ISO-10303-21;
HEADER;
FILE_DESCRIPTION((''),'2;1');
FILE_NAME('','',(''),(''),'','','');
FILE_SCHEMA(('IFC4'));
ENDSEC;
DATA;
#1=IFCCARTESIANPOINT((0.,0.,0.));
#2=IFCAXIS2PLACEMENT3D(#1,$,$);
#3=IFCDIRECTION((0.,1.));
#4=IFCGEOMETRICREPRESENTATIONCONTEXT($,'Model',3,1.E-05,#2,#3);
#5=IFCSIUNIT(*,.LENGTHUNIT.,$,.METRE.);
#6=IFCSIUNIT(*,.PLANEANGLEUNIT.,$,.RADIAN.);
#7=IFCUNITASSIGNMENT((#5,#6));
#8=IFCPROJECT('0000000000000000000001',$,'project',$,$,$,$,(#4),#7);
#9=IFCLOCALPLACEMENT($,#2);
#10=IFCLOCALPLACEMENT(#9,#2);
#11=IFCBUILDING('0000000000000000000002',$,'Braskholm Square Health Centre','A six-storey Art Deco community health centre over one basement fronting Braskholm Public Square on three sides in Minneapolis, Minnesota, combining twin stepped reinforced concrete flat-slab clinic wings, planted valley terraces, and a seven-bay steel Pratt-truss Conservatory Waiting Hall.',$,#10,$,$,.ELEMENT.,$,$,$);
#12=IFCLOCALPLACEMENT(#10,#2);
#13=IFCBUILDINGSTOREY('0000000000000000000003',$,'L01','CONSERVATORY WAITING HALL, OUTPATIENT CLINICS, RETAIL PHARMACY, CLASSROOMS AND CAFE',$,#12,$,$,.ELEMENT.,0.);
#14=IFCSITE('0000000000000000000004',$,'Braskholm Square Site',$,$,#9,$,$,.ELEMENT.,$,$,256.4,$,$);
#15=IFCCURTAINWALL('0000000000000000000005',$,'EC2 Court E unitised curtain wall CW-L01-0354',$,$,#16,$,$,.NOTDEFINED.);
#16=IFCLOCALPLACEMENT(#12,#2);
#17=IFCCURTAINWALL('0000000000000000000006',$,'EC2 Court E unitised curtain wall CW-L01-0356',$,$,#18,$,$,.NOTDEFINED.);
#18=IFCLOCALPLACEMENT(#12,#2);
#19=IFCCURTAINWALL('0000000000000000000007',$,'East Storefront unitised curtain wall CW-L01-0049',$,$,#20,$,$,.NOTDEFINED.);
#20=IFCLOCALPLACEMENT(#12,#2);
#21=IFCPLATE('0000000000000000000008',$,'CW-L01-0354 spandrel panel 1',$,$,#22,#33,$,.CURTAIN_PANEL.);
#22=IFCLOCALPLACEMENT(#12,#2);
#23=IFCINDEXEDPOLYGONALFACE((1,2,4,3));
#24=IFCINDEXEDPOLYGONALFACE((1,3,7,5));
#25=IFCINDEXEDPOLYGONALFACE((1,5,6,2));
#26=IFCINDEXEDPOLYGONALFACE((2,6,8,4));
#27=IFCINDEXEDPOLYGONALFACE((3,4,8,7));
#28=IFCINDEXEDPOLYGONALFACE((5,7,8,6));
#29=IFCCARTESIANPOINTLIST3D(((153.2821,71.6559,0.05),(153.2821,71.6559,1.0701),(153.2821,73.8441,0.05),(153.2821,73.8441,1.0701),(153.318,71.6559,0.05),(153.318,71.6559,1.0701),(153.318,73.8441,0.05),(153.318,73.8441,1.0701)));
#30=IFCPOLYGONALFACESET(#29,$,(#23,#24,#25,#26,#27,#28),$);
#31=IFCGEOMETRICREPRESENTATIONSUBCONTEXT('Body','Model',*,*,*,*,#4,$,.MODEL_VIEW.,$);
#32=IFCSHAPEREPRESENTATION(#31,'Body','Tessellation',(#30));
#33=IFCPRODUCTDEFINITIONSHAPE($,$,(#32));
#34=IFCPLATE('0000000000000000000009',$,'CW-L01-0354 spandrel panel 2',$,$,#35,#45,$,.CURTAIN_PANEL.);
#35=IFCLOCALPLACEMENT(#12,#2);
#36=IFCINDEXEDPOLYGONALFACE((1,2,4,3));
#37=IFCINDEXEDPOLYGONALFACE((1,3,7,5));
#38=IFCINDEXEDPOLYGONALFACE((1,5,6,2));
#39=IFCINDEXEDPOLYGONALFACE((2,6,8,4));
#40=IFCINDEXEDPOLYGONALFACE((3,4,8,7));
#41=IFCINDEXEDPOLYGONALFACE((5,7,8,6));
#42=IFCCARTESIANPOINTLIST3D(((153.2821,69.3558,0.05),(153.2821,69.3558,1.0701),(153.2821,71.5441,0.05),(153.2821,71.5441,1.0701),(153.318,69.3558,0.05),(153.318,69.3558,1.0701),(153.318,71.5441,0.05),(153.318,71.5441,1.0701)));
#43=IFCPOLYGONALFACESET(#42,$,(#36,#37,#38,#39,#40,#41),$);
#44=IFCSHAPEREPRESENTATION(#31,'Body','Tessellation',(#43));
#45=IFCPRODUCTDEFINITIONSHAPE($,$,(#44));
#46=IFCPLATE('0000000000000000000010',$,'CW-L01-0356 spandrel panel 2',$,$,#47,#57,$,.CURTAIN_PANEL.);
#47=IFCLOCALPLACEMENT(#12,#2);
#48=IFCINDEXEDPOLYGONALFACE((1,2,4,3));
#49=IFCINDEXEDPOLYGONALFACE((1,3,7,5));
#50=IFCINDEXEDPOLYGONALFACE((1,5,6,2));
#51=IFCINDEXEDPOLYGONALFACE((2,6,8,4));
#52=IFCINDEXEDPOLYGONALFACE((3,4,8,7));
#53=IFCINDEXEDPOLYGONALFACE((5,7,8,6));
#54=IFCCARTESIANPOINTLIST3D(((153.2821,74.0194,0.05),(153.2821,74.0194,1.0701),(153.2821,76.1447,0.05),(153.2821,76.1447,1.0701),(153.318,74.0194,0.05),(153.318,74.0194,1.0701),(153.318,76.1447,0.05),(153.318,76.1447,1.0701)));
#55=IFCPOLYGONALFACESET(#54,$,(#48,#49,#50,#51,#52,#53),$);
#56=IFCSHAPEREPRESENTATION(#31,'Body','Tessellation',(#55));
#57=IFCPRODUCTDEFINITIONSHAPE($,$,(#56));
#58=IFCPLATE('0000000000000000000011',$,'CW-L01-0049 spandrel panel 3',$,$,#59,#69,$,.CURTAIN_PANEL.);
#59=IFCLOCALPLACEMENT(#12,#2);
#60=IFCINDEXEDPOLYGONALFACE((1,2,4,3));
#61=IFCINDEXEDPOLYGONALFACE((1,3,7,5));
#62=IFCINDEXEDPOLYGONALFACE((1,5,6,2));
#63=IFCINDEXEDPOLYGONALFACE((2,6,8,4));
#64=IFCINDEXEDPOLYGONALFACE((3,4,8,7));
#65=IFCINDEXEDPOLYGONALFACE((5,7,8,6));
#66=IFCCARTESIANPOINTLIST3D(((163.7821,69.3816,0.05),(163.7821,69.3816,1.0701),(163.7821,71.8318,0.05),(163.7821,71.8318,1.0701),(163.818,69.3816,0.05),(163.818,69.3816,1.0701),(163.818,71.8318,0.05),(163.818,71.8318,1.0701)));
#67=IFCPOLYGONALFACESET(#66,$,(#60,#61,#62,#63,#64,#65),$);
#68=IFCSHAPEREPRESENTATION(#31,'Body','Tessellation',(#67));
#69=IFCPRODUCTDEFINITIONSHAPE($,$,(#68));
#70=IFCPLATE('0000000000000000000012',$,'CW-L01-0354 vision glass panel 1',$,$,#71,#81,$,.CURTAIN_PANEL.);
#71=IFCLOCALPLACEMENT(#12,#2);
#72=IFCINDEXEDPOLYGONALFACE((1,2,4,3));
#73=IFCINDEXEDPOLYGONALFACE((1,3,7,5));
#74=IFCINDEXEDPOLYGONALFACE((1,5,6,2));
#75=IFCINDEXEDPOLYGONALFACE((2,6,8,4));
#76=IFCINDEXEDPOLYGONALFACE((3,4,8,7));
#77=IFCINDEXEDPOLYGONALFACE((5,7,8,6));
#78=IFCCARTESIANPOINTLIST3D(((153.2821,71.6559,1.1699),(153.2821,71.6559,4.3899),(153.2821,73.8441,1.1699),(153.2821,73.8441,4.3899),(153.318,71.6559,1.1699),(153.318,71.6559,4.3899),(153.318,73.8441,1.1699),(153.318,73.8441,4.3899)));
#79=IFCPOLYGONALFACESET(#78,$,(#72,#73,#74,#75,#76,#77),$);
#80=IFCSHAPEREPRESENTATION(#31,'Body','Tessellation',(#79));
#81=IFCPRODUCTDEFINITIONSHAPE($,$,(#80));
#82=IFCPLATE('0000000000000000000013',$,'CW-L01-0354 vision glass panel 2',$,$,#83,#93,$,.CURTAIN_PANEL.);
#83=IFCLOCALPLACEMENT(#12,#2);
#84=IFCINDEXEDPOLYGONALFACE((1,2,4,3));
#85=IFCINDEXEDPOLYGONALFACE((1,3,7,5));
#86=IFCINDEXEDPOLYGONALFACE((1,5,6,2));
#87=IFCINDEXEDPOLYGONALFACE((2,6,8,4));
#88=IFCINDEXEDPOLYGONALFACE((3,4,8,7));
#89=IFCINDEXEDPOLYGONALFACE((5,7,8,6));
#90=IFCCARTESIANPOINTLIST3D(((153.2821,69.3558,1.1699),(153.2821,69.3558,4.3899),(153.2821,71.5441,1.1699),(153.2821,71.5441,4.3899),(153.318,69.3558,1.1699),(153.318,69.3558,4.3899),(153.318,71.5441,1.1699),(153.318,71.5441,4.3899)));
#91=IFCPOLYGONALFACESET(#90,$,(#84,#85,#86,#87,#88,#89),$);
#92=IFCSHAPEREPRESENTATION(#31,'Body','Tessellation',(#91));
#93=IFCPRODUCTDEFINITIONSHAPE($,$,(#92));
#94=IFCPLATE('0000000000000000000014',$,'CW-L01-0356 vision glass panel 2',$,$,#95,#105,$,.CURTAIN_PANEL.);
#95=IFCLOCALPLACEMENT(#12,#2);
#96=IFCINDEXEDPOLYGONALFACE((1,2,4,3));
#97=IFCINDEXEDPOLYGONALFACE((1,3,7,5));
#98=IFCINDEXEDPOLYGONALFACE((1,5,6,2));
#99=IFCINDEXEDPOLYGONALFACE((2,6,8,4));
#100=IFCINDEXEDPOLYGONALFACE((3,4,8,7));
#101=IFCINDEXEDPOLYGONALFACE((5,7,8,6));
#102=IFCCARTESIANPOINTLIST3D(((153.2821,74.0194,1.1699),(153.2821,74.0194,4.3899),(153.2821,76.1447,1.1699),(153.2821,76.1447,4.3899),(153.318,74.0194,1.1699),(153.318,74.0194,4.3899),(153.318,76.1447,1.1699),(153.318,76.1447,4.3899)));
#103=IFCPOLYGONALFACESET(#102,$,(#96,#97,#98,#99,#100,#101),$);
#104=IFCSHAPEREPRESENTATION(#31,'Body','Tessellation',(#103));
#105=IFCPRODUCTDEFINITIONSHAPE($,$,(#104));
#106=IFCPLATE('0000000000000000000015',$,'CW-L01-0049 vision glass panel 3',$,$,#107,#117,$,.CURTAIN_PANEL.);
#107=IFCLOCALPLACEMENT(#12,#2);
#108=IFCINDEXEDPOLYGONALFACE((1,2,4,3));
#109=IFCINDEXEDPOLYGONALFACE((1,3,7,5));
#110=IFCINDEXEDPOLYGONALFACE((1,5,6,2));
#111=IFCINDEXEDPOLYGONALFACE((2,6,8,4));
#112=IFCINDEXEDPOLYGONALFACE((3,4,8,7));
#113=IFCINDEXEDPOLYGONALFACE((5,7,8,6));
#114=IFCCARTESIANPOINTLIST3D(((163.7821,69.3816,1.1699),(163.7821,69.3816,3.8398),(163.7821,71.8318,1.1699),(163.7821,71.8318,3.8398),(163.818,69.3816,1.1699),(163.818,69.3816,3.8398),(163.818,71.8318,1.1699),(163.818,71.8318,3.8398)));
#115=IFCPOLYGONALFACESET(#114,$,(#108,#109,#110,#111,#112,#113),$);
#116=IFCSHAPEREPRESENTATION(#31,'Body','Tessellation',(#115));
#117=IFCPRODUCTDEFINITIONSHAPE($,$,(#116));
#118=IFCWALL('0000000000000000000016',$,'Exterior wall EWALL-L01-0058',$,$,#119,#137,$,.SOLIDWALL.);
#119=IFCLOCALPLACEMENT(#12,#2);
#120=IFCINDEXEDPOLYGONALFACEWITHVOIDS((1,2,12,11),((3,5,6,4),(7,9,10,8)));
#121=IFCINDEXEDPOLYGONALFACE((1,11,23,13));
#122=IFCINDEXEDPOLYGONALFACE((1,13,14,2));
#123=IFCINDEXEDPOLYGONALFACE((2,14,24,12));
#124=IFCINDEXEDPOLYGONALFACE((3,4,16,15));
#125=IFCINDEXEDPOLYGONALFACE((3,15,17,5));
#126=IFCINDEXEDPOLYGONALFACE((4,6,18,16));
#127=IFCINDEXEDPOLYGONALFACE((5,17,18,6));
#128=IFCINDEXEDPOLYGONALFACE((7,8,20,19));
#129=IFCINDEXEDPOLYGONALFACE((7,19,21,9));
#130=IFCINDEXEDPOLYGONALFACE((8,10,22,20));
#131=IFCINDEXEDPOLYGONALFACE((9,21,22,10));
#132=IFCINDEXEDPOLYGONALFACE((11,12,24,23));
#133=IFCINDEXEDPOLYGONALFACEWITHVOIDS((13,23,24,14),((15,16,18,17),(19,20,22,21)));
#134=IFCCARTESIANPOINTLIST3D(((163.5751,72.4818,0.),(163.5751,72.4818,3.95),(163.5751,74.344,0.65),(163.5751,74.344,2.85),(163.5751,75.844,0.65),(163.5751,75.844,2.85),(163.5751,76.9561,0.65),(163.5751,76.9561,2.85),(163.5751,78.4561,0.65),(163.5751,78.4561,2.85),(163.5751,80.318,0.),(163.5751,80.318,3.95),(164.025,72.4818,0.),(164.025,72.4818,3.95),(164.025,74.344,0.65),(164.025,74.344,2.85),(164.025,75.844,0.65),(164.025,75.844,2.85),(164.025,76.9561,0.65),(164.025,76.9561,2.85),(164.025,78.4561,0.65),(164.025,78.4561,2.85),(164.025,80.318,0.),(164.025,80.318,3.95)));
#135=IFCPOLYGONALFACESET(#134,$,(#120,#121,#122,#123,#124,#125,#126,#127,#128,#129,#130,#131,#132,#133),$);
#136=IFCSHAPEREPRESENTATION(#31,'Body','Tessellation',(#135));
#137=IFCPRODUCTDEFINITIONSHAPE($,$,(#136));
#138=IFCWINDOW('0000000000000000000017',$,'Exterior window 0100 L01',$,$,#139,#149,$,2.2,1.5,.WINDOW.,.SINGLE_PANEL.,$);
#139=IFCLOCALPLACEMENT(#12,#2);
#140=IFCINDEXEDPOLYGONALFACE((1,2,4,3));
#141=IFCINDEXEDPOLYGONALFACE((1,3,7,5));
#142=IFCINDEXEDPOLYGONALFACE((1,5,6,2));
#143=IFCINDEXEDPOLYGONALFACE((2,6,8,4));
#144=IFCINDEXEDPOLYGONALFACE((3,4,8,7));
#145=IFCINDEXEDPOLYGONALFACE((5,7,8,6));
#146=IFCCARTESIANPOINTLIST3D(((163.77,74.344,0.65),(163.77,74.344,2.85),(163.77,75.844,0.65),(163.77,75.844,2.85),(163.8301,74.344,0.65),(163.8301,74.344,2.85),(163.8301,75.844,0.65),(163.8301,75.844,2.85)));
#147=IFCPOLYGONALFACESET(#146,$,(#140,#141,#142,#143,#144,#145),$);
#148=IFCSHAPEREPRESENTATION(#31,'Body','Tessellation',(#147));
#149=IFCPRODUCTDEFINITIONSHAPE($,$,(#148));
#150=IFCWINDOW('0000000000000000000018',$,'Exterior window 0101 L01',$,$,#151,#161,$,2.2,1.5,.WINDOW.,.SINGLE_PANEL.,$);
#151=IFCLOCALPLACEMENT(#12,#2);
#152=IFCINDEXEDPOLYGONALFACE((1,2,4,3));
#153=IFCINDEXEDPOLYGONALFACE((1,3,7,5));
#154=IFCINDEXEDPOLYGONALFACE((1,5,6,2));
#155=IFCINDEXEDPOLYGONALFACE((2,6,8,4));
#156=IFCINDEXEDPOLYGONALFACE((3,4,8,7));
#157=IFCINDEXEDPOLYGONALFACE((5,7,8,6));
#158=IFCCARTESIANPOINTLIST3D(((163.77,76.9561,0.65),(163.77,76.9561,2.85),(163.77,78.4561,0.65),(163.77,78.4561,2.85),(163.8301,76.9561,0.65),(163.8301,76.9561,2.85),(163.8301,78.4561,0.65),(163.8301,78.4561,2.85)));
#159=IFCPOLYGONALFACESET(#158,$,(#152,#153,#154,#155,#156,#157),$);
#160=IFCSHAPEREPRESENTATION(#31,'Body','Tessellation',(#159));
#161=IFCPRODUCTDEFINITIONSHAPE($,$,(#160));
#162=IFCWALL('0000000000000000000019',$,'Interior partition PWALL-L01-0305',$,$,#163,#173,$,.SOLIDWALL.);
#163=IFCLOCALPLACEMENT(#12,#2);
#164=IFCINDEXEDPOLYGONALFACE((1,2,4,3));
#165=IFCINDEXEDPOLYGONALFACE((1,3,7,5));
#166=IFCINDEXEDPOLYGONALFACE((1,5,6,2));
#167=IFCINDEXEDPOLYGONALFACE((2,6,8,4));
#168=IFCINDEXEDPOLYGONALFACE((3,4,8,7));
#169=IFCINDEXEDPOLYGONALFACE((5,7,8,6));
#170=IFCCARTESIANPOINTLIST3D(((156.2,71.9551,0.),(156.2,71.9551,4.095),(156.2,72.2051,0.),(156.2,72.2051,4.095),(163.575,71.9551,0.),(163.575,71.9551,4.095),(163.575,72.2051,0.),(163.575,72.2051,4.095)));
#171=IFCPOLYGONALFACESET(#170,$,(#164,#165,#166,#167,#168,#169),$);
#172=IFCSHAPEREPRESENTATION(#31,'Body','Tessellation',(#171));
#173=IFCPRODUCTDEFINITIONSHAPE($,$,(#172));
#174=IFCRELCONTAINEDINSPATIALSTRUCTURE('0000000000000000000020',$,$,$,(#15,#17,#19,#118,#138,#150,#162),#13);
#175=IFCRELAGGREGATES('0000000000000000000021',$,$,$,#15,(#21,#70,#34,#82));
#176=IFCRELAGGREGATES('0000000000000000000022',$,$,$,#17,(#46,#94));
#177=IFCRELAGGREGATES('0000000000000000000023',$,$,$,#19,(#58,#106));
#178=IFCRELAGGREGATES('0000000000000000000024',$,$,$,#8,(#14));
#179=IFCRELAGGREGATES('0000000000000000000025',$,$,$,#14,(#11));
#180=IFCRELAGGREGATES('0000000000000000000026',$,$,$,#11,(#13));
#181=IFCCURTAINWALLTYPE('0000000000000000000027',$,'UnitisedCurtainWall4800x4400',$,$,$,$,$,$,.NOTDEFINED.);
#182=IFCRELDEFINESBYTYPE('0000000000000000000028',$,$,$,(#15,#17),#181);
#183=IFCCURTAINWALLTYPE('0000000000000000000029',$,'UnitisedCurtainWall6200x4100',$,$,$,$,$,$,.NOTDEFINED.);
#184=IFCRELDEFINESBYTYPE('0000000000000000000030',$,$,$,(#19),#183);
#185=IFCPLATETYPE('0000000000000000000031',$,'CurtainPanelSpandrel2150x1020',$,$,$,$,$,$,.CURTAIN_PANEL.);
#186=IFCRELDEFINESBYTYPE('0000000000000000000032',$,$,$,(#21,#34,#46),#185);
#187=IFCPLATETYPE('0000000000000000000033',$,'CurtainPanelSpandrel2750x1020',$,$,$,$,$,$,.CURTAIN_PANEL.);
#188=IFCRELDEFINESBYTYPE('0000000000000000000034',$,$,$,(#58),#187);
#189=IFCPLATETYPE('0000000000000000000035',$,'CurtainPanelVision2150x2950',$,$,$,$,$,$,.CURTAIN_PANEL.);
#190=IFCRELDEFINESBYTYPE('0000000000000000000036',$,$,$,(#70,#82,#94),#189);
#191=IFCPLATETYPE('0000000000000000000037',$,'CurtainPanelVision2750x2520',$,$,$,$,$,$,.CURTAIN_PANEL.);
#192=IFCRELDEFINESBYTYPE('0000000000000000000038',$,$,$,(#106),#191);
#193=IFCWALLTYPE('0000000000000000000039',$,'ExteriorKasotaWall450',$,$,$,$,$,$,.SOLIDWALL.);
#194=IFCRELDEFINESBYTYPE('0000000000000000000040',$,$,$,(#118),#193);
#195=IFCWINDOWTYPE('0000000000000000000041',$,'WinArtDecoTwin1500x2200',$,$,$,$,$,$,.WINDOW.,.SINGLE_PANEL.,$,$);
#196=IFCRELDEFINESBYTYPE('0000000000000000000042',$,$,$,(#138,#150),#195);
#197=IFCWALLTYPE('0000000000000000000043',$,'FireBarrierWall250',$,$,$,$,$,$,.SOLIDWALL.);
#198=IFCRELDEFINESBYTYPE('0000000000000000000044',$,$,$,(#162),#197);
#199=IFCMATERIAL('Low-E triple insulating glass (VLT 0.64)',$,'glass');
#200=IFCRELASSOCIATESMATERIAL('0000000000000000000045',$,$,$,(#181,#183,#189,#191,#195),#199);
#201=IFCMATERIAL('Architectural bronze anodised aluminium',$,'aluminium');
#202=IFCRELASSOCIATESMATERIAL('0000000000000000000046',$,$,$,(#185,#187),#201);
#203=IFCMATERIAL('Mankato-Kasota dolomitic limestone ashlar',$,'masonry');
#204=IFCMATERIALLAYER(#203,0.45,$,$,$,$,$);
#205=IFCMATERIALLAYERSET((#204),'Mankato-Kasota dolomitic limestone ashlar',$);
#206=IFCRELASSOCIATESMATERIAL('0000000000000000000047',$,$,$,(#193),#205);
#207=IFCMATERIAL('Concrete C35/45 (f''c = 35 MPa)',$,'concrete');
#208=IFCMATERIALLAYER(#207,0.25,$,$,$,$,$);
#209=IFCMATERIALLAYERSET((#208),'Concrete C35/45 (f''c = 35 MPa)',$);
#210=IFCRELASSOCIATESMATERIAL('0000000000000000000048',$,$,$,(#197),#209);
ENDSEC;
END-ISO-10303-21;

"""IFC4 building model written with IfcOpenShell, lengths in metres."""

from ifc_helpers import new_model, si_unit, direction, frame, frame_2d, origin, origin_with_axes, origin_2d, place, context, subcontext, project, spatial, rectangle, extrude, material, layer, layer_set, type_object, element, fill, aggregate, save


model = new_model("IFC4")

# Units and contexts
model_context = context("Model", 3, precision=1e-05, world=origin(), true_north=direction((0.0, 1.0)))
body_context = subcontext(model_context, "Body", "Model", "MODEL_VIEW")
ifc_project = project(units=[si_unit("LENGTHUNIT", "METRE"), si_unit("PLANEANGLEUNIT", "RADIAN")], contexts=[model_context])

# Site, building, storey
site_placement = place(None, origin())
site = spatial("IfcSite", under=ifc_project, at=site_placement, Name="Braskholm Square Site", CompositionType="ELEMENT", RefElevation=256.4)
building_placement = place(site_placement, origin())
building = spatial("IfcBuilding", under=site, at=building_placement, Name="Braskholm Square Health Centre", Description="A six-storey Art Deco community health centre over one basement fronting Braskholm Public Square on three sides in Minneapolis, Minnesota, combining twin stepped reinforced concrete flat-slab clinic wings, planted valley terraces, and a seven-bay steel Pratt-truss Conservatory Waiting Hall.", CompositionType="ELEMENT")
storey_placement = place(building_placement, origin())
storey = spatial("IfcBuildingStorey", under=building, at=storey_placement, Name="L01", Description="CONSERVATORY WAITING HALL, OUTPATIENT CLINICS, RETAIL PHARMACY, CLASSROOMS AND CAFE", CompositionType="ELEMENT", Elevation=0.0)

# Curtain walls
ifc_material_1 = material(Name="Low-E triple insulating glass (VLT 0.64)", Category="glass")
curtain_wall_type_1 = type_object("IfcCurtainWallType", Name="UnitisedCurtainWall4800x4400", PredefinedType="NOTDEFINED", material=ifc_material_1)
curtain_wall_1_placement = place(storey_placement, origin())
curtain_wall_1 = element("IfcCurtainWall", 1, at=curtain_wall_1_placement, inside=storey, type_object=curtain_wall_type_1, Name="EC2 Court E unitised curtain wall CW-L01-0354", PredefinedType="NOTDEFINED")
ifc_material_2 = material(Name="Architectural bronze anodised aluminium", Category="aluminium")
curtain_wall_2_placement = place(storey_placement, origin())
curtain_wall_2 = element("IfcCurtainWall", 2, at=curtain_wall_2_placement, inside=storey, type_object=curtain_wall_type_1, Name="EC2 Court E unitised curtain wall CW-L01-0356", PredefinedType="NOTDEFINED")
curtain_wall_type_2 = type_object("IfcCurtainWallType", Name="UnitisedCurtainWall6200x4100", PredefinedType="NOTDEFINED", material=ifc_material_1)
curtain_wall_3_placement = place(storey_placement, origin())
curtain_wall_3 = element("IfcCurtainWall", 3, at=curtain_wall_3_placement, inside=storey, type_object=curtain_wall_type_2, Name="East Storefront unitised curtain wall CW-L01-0049", PredefinedType="NOTDEFINED")

# Plates
plate_type_1 = type_object("IfcPlateType", Name="CurtainPanelSpandrel2150x1020", PredefinedType="CURTAIN_PANEL", material=ifc_material_2)
plate_1_placement = place(storey_placement, frame((153.3, 72.75, 0.05), z_axis=(0.0, 0.0, 1.0), x_axis=(0.0, -1.0, 0.0)))
plate_1 = element("IfcPlate", 4, at=plate_1_placement, type_object=plate_type_1, Name="CW-L01-0354 spandrel panel 1", PredefinedType="CURTAIN_PANEL", context=body_context, shape_type="SweptSolid", body=[
    extrude(rectangle(XDim=2.1882, YDim=0.0359, at=origin_2d()), origin(), (0.0, 0.0, 1.0), 1.02),
])
plate_2_placement = place(storey_placement, frame((153.3, 70.45, 0.05), z_axis=(0.0, 0.0, 1.0), x_axis=(0.0, -1.0, 0.0)))
plate_2 = element("IfcPlate", 5, at=plate_2_placement, type_object=plate_type_1, Name="CW-L01-0354 spandrel panel 2", PredefinedType="CURTAIN_PANEL", context=body_context, shape_type="SweptSolid", body=[
    extrude(rectangle(XDim=2.1882, YDim=0.0359, at=origin_2d()), origin(), (0.0, 0.0, 1.0), 1.02),
])
plate_3_placement = place(storey_placement, frame((153.3, 75.082, 0.05), z_axis=(0.0, 0.0, 1.0), x_axis=(0.0, -1.0, 0.0)))
plate_3 = element("IfcPlate", 6, at=plate_3_placement, type_object=plate_type_1, Name="CW-L01-0356 spandrel panel 2", PredefinedType="CURTAIN_PANEL", context=body_context, shape_type="SweptSolid", body=[
    extrude(rectangle(XDim=2.1252, YDim=0.0359, at=origin_2d()), origin(), (0.0, 0.0, 1.0), 1.02),
])
plate_type_2 = type_object("IfcPlateType", Name="CurtainPanelSpandrel2750x1020", PredefinedType="CURTAIN_PANEL", material=ifc_material_2)
plate_4_placement = place(storey_placement, frame((163.8, 70.6067, 0.05), z_axis=(0.0, 0.0, 1.0), x_axis=(0.0, 1.0, 0.0)))
plate_4 = element("IfcPlate", 7, at=plate_4_placement, type_object=plate_type_2, Name="CW-L01-0049 spandrel panel 3", PredefinedType="CURTAIN_PANEL", context=body_context, shape_type="SweptSolid", body=[
    extrude(rectangle(XDim=2.4502, YDim=0.0359, at=origin_2d()), origin(), (0.0, 0.0, 1.0), 1.02),
])
plate_type_3 = type_object("IfcPlateType", Name="CurtainPanelVision2150x2950", PredefinedType="CURTAIN_PANEL", material=ifc_material_1)
plate_5_placement = place(storey_placement, frame((153.3, 72.75, 1.1699), z_axis=(0.0, 0.0, 1.0), x_axis=(0.0, -1.0, 0.0)))
plate_5 = element("IfcPlate", 8, at=plate_5_placement, type_object=plate_type_3, Name="CW-L01-0354 vision glass panel 1", PredefinedType="CURTAIN_PANEL", context=body_context, shape_type="SweptSolid", body=[
    extrude(rectangle(XDim=2.1882, YDim=0.0359, at=origin_2d()), origin(), (0.0, 0.0, 1.0), 3.22),
])
plate_6_placement = place(storey_placement, frame((153.3, 70.45, 1.1699), z_axis=(0.0, 0.0, 1.0), x_axis=(0.0, -1.0, 0.0)))
plate_6 = element("IfcPlate", 9, at=plate_6_placement, type_object=plate_type_3, Name="CW-L01-0354 vision glass panel 2", PredefinedType="CURTAIN_PANEL", context=body_context, shape_type="SweptSolid", body=[
    extrude(rectangle(XDim=2.1882, YDim=0.0359, at=origin_2d()), origin(), (0.0, 0.0, 1.0), 3.22),
])
aggregate(curtain_wall_1, [plate_1, plate_5, plate_2, plate_6])
plate_7_placement = place(storey_placement, frame((153.3, 75.082, 1.1699), z_axis=(0.0, 0.0, 1.0), x_axis=(0.0, -1.0, 0.0)))
plate_7 = element("IfcPlate", 10, at=plate_7_placement, type_object=plate_type_3, Name="CW-L01-0356 vision glass panel 2", PredefinedType="CURTAIN_PANEL", context=body_context, shape_type="SweptSolid", body=[
    extrude(rectangle(XDim=2.1252, YDim=0.0359, at=origin_2d()), origin(), (0.0, 0.0, 1.0), 3.22),
])
aggregate(curtain_wall_2, [plate_3, plate_7])
plate_type_4 = type_object("IfcPlateType", Name="CurtainPanelVision2750x2520", PredefinedType="CURTAIN_PANEL", material=ifc_material_1)
plate_8_placement = place(storey_placement, frame((163.8, 70.6067, 1.1699), z_axis=(0.0, 0.0, 1.0), x_axis=(0.0, 1.0, 0.0)))
plate_8 = element("IfcPlate", 11, at=plate_8_placement, type_object=plate_type_4, Name="CW-L01-0049 vision glass panel 3", PredefinedType="CURTAIN_PANEL", context=body_context, shape_type="SweptSolid", body=[
    extrude(rectangle(XDim=2.4502, YDim=0.0359, at=origin_2d()), origin(), (0.0, 0.0, 1.0), 2.6699),
])
aggregate(curtain_wall_3, [plate_4, plate_8])

# Wall, openings, windows
ifc_material_3 = material(Name="Mankato-Kasota dolomitic limestone ashlar", Category="masonry")
ifc_layer_1 = layer(ifc_material_3, 0.45)
ifc_layer_set_1 = layer_set([ifc_layer_1], Name="Mankato-Kasota dolomitic limestone ashlar")
wall_type_1 = type_object("IfcWallType", Name="ExteriorKasotaWall450", PredefinedType="SOLIDWALL", material=ifc_layer_set_1)
wall_1_placement = place(storey_placement, frame((163.8, 72.4819, 0.0), z_axis=(0.0, 0.0, 1.0), x_axis=(0.0, 1.0, 0.0)))
wall_1 = element("IfcWall", 12, at=wall_1_placement, inside=storey, type_object=wall_type_1, Name="Exterior wall EWALL-L01-0058", PredefinedType="SOLIDWALL", context=body_context, shape_type="SweptSolid", body=[
    extrude(rectangle(XDim=7.8362, YDim=0.45, at=frame_2d((3.918, 0.0))), origin(), (0.0, 0.0, 1.0), 3.95),
])
opening_1_placement = place(wall_1_placement, frame((1.8621, 0.0, 0.6499)))
opening_1 = element("IfcOpeningElement", 13, at=opening_1_placement, cuts=wall_1, PredefinedType="OPENING", context=body_context, shape_type="SweptSolid", body=[
    extrude(rectangle(XDim=1.5, YDim=2.2, at=frame_2d((0.75, 1.1001))), frame((0.0, 0.2349, 0.0), z_axis=(0.0, -1.0, 0.0), x_axis=(1.0, 0.0, 0.0)), (0.0, 0.0, 1.0), 0.47),
])
opening_2_placement = place(wall_1_placement, frame((4.4741, 0.0, 0.6499)))
opening_2 = element("IfcOpeningElement", 14, at=opening_2_placement, cuts=wall_1, PredefinedType="OPENING", context=body_context, shape_type="SweptSolid", body=[
    extrude(rectangle(XDim=1.5, YDim=2.2, at=frame_2d((0.75, 1.1001))), frame((0.0, 0.2349, 0.0), z_axis=(0.0, -1.0, 0.0), x_axis=(1.0, 0.0, 0.0)), (0.0, 0.0, 1.0), 0.47),
])
window_type = type_object("IfcWindowType", Name="WinArtDecoTwin1500x2200", PartitioningType="SINGLE_PANEL", PredefinedType="WINDOW", material=ifc_material_1)
window_1_placement = place(opening_1_placement, origin_with_axes())
window_1 = element("IfcWindow", 15, at=window_1_placement, inside=storey, type_object=window_type, Name="Exterior window 0100 L01", OverallHeight=2.2, OverallWidth=1.5, PartitioningType="SINGLE_PANEL", PredefinedType="WINDOW", context=body_context, shape_type="SweptSolid", body=[
    extrude(rectangle(XDim=1.5, YDim=2.2, at=frame_2d((0.75, 1.1001))), frame((0.0, 0.03, 0.0), z_axis=(0.0, -1.0, 0.0), x_axis=(1.0, 0.0, 0.0)), (0.0, 0.0, 1.0), 0.0601),
])
fill(opening_1, window_1)
window_2_placement = place(opening_2_placement, origin_with_axes())
window_2 = element("IfcWindow", 16, at=window_2_placement, inside=storey, type_object=window_type, Name="Exterior window 0101 L01", OverallHeight=2.2, OverallWidth=1.5, PartitioningType="SINGLE_PANEL", PredefinedType="WINDOW", context=body_context, shape_type="SweptSolid", body=[
    extrude(rectangle(XDim=1.5, YDim=2.2, at=frame_2d((0.75, 1.1001))), frame((0.0, 0.03, 0.0), z_axis=(0.0, -1.0, 0.0), x_axis=(1.0, 0.0, 0.0)), (0.0, 0.0, 1.0), 0.0601),
])
fill(opening_2, window_2)

# Wall
ifc_material_4 = material(Name="Concrete C35/45 (f'c = 35 MPa)", Category="concrete")
ifc_layer_2 = layer(ifc_material_4, 0.25)
ifc_layer_set_2 = layer_set([ifc_layer_2], Name="Concrete C35/45 (f'c = 35 MPa)")
wall_type_2 = type_object("IfcWallType", Name="FireBarrierWall250", PredefinedType="SOLIDWALL", material=ifc_layer_set_2)
wall_2_placement = place(storey_placement, frame((156.2, 72.0801, 0.0), z_axis=(0.0, 0.0, 1.0), x_axis=(1.0, 0.0, 0.0)))
element("IfcWall", 17, at=wall_2_placement, inside=storey, type_object=wall_type_2, Name="Interior partition PWALL-L01-0305", PredefinedType="SOLIDWALL", context=body_context, shape_type="SweptSolid", body=[
    extrude(rectangle(XDim=7.375, YDim=0.25, at=frame_2d((3.6875, 0.0))), origin(), (0.0, 0.0, 1.0), 4.095),
])

save(model, "model.ifc")
